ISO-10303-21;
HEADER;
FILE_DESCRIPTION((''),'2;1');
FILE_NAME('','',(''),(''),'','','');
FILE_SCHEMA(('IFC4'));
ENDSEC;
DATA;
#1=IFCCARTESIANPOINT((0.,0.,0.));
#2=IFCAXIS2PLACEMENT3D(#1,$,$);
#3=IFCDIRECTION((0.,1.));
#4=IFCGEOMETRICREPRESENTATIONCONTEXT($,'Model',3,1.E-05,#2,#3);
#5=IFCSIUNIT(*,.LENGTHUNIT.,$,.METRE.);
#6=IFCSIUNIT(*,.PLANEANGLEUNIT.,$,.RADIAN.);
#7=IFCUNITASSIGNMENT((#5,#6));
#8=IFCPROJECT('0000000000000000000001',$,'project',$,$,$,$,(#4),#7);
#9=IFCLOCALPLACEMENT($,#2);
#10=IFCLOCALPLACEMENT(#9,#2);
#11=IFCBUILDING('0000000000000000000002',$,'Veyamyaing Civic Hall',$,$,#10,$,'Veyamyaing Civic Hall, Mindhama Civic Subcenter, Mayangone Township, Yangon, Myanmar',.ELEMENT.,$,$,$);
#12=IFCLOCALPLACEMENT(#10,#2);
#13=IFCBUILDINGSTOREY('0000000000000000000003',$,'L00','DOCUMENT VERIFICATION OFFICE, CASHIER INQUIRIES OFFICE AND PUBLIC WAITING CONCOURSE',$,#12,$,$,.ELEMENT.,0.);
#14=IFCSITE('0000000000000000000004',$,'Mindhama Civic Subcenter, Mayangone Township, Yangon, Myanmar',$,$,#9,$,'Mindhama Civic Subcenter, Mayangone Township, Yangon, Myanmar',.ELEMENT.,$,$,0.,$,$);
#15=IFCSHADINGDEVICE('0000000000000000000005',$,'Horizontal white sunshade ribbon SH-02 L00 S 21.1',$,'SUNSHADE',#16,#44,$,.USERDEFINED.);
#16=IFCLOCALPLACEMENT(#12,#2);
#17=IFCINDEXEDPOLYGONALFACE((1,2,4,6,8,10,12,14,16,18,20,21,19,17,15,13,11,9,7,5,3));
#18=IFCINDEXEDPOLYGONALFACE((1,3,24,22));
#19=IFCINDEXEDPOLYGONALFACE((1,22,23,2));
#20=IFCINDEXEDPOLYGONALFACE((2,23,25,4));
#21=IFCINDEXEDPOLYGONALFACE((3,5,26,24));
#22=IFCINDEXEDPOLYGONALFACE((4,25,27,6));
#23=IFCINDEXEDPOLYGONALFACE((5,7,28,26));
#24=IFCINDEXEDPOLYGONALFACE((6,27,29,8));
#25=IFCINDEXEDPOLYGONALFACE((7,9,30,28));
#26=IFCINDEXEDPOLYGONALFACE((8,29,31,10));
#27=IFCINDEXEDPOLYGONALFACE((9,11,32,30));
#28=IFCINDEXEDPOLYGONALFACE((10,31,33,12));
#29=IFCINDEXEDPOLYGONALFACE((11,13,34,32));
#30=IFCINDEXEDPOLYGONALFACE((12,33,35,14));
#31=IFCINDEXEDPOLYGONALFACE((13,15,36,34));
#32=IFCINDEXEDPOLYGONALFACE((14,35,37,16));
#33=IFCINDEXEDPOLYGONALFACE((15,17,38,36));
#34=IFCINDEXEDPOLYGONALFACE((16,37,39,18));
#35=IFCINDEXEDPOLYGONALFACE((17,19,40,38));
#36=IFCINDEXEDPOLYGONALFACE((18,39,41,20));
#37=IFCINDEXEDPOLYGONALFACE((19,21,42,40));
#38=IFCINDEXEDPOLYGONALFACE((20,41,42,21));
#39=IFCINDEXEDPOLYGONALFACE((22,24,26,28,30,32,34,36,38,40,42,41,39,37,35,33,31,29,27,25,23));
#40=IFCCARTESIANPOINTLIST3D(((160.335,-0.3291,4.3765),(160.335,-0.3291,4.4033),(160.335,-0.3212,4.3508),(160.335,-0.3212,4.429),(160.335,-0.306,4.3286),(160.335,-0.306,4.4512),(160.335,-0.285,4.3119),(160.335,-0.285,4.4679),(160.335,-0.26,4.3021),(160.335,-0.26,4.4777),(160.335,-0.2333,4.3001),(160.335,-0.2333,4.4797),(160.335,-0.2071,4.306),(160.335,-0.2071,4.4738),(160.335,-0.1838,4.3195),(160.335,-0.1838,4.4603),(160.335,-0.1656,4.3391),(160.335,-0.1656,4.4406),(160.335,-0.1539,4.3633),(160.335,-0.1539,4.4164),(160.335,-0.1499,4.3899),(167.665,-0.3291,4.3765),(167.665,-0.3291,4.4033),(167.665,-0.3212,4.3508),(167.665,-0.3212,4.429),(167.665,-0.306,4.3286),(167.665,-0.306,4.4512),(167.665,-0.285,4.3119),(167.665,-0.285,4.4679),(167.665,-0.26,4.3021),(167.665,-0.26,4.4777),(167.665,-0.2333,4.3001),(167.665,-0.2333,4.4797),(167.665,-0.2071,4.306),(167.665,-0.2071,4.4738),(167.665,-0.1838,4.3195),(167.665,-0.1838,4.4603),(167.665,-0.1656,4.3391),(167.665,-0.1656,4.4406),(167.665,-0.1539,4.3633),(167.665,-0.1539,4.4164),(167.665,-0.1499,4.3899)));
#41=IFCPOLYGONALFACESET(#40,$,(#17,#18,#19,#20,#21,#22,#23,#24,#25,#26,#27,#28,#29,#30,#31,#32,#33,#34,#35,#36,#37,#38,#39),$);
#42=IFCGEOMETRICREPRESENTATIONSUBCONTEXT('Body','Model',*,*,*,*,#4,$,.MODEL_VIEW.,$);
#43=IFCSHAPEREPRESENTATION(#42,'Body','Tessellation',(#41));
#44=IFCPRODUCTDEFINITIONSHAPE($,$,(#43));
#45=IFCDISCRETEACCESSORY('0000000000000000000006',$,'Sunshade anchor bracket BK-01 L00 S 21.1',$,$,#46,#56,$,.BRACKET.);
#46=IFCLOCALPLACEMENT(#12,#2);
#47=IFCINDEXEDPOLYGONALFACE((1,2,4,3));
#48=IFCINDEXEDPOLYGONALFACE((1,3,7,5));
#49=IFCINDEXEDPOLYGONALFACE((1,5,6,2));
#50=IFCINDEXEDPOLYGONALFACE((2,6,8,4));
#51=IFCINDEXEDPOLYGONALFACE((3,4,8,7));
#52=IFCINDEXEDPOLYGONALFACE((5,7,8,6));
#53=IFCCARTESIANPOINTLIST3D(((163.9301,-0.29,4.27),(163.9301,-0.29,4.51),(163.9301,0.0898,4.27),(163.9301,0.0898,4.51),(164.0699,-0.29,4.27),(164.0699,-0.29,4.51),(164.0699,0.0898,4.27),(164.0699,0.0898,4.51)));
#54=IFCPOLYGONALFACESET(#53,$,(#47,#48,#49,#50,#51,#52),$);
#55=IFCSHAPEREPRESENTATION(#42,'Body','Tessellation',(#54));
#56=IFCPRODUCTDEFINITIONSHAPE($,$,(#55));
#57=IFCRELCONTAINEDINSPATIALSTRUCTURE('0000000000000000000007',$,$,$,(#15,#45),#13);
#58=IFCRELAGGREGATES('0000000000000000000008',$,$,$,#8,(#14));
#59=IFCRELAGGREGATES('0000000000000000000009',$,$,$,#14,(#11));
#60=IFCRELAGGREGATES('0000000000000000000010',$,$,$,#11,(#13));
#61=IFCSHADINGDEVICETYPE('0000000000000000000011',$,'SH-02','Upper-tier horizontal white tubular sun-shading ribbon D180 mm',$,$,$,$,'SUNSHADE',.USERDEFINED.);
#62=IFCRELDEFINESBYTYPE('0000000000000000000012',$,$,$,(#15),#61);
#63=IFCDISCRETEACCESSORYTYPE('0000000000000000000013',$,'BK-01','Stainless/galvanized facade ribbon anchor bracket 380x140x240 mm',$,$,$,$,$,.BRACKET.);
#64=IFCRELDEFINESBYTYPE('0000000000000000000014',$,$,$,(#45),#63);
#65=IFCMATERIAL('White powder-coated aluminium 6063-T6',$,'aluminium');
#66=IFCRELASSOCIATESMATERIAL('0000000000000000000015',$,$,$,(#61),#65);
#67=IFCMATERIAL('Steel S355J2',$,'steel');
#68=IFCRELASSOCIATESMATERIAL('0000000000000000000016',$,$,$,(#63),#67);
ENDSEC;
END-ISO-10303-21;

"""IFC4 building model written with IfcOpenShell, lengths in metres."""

from ifc_helpers import new_model, si_unit, direction, frame, origin, origin_2d, place, context, subcontext, project, spatial, rectangle, circle, extrude, material, material_profile, profile_set, type_object, element, save


model = new_model("IFC4")

# Units and contexts
model_context = context("Model", 3, precision=1e-05, world=origin(), true_north=direction((0.0, 1.0)))
body_context = subcontext(model_context, "Body", "Model", "MODEL_VIEW")
ifc_project = project(units=[si_unit("LENGTHUNIT", "METRE"), si_unit("PLANEANGLEUNIT", "RADIAN")], contexts=[model_context])

# Site, building, storey
site_placement = place(None, origin())
site = spatial("IfcSite", under=ifc_project, at=site_placement, Name="Mindhama Civic Subcenter, Mayangone Township, Yangon, Myanmar", LongName="Mindhama Civic Subcenter, Mayangone Township, Yangon, Myanmar", CompositionType="ELEMENT", RefElevation=0.0)
building_placement = place(site_placement, origin())
building = spatial("IfcBuilding", under=site, at=building_placement, Name="Veyamyaing Civic Hall", LongName="Veyamyaing Civic Hall, Mindhama Civic Subcenter, Mayangone Township, Yangon, Myanmar", CompositionType="ELEMENT")
storey_placement = place(building_placement, origin())
storey = spatial("IfcBuildingStorey", under=building, at=storey_placement, Name="L00", Description="DOCUMENT VERIFICATION OFFICE, CASHIER INQUIRIES OFFICE AND PUBLIC WAITING CONCOURSE", CompositionType="ELEMENT", Elevation=0.0)

# Shared definitions
ifc_material_1 = material(Name="White powder-coated aluminium 6063-T6", Category="aluminium")

# Shading device
ifc_material_profile_1 = material_profile(ifc_material_1, circle(Radius=0.0901, at=origin_2d()), Name="SHADE-TUBE-180")
ifc_profile_set_1 = profile_set([ifc_material_profile_1], Name="White powder-coated aluminium 6063-T6")
shading_device_type = type_object("IfcShadingDeviceType", Name="SH-02", Description="Upper-tier horizontal white tubular sun-shading ribbon D180 mm", ElementType="SUNSHADE", PredefinedType="USERDEFINED", material=ifc_profile_set_1)
shading_device_placement = place(storey_placement, frame((160.335, -0.24, 4.3899), z_axis=(1.0, 0.0, 0.0), x_axis=(0.0, 1.0, 0.0)))
element("IfcShadingDevice", 1, at=shading_device_placement, inside=storey, type_object=shading_device_type, Name="Horizontal white sunshade ribbon SH-02 L00 S 21.1", ObjectType="SUNSHADE", PredefinedType="USERDEFINED", context=body_context, shape_type="SweptSolid", body=[
    extrude(circle(Radius=0.0901, at=origin_2d()), origin(), (0.0, 0.0, 1.0), 7.3301),
])

# Discrete accessory
ifc_material_2 = material(Name="Steel S355J2", Category="steel")
discrete_accessory_type = type_object("IfcDiscreteAccessoryType", Name="BK-01", Description="Stainless/galvanized facade ribbon anchor bracket 380x140x240 mm", PredefinedType="BRACKET", material=ifc_material_2)
discrete_accessory_placement = place(storey_placement, frame((164.0, -0.1001, 4.27), z_axis=(0.0, 0.0, 1.0), x_axis=(0.0, -1.0, 0.0)))
element("IfcDiscreteAccessory", 2, at=discrete_accessory_placement, inside=storey, type_object=discrete_accessory_type, Name="Sunshade anchor bracket BK-01 L00 S 21.1", PredefinedType="BRACKET", context=body_context, shape_type="SweptSolid", body=[
    extrude(rectangle(XDim=0.3799, YDim=0.1399, at=origin_2d()), origin(), (0.0, 0.0, 1.0), 0.24),
])

save(model, "model.ifc")
